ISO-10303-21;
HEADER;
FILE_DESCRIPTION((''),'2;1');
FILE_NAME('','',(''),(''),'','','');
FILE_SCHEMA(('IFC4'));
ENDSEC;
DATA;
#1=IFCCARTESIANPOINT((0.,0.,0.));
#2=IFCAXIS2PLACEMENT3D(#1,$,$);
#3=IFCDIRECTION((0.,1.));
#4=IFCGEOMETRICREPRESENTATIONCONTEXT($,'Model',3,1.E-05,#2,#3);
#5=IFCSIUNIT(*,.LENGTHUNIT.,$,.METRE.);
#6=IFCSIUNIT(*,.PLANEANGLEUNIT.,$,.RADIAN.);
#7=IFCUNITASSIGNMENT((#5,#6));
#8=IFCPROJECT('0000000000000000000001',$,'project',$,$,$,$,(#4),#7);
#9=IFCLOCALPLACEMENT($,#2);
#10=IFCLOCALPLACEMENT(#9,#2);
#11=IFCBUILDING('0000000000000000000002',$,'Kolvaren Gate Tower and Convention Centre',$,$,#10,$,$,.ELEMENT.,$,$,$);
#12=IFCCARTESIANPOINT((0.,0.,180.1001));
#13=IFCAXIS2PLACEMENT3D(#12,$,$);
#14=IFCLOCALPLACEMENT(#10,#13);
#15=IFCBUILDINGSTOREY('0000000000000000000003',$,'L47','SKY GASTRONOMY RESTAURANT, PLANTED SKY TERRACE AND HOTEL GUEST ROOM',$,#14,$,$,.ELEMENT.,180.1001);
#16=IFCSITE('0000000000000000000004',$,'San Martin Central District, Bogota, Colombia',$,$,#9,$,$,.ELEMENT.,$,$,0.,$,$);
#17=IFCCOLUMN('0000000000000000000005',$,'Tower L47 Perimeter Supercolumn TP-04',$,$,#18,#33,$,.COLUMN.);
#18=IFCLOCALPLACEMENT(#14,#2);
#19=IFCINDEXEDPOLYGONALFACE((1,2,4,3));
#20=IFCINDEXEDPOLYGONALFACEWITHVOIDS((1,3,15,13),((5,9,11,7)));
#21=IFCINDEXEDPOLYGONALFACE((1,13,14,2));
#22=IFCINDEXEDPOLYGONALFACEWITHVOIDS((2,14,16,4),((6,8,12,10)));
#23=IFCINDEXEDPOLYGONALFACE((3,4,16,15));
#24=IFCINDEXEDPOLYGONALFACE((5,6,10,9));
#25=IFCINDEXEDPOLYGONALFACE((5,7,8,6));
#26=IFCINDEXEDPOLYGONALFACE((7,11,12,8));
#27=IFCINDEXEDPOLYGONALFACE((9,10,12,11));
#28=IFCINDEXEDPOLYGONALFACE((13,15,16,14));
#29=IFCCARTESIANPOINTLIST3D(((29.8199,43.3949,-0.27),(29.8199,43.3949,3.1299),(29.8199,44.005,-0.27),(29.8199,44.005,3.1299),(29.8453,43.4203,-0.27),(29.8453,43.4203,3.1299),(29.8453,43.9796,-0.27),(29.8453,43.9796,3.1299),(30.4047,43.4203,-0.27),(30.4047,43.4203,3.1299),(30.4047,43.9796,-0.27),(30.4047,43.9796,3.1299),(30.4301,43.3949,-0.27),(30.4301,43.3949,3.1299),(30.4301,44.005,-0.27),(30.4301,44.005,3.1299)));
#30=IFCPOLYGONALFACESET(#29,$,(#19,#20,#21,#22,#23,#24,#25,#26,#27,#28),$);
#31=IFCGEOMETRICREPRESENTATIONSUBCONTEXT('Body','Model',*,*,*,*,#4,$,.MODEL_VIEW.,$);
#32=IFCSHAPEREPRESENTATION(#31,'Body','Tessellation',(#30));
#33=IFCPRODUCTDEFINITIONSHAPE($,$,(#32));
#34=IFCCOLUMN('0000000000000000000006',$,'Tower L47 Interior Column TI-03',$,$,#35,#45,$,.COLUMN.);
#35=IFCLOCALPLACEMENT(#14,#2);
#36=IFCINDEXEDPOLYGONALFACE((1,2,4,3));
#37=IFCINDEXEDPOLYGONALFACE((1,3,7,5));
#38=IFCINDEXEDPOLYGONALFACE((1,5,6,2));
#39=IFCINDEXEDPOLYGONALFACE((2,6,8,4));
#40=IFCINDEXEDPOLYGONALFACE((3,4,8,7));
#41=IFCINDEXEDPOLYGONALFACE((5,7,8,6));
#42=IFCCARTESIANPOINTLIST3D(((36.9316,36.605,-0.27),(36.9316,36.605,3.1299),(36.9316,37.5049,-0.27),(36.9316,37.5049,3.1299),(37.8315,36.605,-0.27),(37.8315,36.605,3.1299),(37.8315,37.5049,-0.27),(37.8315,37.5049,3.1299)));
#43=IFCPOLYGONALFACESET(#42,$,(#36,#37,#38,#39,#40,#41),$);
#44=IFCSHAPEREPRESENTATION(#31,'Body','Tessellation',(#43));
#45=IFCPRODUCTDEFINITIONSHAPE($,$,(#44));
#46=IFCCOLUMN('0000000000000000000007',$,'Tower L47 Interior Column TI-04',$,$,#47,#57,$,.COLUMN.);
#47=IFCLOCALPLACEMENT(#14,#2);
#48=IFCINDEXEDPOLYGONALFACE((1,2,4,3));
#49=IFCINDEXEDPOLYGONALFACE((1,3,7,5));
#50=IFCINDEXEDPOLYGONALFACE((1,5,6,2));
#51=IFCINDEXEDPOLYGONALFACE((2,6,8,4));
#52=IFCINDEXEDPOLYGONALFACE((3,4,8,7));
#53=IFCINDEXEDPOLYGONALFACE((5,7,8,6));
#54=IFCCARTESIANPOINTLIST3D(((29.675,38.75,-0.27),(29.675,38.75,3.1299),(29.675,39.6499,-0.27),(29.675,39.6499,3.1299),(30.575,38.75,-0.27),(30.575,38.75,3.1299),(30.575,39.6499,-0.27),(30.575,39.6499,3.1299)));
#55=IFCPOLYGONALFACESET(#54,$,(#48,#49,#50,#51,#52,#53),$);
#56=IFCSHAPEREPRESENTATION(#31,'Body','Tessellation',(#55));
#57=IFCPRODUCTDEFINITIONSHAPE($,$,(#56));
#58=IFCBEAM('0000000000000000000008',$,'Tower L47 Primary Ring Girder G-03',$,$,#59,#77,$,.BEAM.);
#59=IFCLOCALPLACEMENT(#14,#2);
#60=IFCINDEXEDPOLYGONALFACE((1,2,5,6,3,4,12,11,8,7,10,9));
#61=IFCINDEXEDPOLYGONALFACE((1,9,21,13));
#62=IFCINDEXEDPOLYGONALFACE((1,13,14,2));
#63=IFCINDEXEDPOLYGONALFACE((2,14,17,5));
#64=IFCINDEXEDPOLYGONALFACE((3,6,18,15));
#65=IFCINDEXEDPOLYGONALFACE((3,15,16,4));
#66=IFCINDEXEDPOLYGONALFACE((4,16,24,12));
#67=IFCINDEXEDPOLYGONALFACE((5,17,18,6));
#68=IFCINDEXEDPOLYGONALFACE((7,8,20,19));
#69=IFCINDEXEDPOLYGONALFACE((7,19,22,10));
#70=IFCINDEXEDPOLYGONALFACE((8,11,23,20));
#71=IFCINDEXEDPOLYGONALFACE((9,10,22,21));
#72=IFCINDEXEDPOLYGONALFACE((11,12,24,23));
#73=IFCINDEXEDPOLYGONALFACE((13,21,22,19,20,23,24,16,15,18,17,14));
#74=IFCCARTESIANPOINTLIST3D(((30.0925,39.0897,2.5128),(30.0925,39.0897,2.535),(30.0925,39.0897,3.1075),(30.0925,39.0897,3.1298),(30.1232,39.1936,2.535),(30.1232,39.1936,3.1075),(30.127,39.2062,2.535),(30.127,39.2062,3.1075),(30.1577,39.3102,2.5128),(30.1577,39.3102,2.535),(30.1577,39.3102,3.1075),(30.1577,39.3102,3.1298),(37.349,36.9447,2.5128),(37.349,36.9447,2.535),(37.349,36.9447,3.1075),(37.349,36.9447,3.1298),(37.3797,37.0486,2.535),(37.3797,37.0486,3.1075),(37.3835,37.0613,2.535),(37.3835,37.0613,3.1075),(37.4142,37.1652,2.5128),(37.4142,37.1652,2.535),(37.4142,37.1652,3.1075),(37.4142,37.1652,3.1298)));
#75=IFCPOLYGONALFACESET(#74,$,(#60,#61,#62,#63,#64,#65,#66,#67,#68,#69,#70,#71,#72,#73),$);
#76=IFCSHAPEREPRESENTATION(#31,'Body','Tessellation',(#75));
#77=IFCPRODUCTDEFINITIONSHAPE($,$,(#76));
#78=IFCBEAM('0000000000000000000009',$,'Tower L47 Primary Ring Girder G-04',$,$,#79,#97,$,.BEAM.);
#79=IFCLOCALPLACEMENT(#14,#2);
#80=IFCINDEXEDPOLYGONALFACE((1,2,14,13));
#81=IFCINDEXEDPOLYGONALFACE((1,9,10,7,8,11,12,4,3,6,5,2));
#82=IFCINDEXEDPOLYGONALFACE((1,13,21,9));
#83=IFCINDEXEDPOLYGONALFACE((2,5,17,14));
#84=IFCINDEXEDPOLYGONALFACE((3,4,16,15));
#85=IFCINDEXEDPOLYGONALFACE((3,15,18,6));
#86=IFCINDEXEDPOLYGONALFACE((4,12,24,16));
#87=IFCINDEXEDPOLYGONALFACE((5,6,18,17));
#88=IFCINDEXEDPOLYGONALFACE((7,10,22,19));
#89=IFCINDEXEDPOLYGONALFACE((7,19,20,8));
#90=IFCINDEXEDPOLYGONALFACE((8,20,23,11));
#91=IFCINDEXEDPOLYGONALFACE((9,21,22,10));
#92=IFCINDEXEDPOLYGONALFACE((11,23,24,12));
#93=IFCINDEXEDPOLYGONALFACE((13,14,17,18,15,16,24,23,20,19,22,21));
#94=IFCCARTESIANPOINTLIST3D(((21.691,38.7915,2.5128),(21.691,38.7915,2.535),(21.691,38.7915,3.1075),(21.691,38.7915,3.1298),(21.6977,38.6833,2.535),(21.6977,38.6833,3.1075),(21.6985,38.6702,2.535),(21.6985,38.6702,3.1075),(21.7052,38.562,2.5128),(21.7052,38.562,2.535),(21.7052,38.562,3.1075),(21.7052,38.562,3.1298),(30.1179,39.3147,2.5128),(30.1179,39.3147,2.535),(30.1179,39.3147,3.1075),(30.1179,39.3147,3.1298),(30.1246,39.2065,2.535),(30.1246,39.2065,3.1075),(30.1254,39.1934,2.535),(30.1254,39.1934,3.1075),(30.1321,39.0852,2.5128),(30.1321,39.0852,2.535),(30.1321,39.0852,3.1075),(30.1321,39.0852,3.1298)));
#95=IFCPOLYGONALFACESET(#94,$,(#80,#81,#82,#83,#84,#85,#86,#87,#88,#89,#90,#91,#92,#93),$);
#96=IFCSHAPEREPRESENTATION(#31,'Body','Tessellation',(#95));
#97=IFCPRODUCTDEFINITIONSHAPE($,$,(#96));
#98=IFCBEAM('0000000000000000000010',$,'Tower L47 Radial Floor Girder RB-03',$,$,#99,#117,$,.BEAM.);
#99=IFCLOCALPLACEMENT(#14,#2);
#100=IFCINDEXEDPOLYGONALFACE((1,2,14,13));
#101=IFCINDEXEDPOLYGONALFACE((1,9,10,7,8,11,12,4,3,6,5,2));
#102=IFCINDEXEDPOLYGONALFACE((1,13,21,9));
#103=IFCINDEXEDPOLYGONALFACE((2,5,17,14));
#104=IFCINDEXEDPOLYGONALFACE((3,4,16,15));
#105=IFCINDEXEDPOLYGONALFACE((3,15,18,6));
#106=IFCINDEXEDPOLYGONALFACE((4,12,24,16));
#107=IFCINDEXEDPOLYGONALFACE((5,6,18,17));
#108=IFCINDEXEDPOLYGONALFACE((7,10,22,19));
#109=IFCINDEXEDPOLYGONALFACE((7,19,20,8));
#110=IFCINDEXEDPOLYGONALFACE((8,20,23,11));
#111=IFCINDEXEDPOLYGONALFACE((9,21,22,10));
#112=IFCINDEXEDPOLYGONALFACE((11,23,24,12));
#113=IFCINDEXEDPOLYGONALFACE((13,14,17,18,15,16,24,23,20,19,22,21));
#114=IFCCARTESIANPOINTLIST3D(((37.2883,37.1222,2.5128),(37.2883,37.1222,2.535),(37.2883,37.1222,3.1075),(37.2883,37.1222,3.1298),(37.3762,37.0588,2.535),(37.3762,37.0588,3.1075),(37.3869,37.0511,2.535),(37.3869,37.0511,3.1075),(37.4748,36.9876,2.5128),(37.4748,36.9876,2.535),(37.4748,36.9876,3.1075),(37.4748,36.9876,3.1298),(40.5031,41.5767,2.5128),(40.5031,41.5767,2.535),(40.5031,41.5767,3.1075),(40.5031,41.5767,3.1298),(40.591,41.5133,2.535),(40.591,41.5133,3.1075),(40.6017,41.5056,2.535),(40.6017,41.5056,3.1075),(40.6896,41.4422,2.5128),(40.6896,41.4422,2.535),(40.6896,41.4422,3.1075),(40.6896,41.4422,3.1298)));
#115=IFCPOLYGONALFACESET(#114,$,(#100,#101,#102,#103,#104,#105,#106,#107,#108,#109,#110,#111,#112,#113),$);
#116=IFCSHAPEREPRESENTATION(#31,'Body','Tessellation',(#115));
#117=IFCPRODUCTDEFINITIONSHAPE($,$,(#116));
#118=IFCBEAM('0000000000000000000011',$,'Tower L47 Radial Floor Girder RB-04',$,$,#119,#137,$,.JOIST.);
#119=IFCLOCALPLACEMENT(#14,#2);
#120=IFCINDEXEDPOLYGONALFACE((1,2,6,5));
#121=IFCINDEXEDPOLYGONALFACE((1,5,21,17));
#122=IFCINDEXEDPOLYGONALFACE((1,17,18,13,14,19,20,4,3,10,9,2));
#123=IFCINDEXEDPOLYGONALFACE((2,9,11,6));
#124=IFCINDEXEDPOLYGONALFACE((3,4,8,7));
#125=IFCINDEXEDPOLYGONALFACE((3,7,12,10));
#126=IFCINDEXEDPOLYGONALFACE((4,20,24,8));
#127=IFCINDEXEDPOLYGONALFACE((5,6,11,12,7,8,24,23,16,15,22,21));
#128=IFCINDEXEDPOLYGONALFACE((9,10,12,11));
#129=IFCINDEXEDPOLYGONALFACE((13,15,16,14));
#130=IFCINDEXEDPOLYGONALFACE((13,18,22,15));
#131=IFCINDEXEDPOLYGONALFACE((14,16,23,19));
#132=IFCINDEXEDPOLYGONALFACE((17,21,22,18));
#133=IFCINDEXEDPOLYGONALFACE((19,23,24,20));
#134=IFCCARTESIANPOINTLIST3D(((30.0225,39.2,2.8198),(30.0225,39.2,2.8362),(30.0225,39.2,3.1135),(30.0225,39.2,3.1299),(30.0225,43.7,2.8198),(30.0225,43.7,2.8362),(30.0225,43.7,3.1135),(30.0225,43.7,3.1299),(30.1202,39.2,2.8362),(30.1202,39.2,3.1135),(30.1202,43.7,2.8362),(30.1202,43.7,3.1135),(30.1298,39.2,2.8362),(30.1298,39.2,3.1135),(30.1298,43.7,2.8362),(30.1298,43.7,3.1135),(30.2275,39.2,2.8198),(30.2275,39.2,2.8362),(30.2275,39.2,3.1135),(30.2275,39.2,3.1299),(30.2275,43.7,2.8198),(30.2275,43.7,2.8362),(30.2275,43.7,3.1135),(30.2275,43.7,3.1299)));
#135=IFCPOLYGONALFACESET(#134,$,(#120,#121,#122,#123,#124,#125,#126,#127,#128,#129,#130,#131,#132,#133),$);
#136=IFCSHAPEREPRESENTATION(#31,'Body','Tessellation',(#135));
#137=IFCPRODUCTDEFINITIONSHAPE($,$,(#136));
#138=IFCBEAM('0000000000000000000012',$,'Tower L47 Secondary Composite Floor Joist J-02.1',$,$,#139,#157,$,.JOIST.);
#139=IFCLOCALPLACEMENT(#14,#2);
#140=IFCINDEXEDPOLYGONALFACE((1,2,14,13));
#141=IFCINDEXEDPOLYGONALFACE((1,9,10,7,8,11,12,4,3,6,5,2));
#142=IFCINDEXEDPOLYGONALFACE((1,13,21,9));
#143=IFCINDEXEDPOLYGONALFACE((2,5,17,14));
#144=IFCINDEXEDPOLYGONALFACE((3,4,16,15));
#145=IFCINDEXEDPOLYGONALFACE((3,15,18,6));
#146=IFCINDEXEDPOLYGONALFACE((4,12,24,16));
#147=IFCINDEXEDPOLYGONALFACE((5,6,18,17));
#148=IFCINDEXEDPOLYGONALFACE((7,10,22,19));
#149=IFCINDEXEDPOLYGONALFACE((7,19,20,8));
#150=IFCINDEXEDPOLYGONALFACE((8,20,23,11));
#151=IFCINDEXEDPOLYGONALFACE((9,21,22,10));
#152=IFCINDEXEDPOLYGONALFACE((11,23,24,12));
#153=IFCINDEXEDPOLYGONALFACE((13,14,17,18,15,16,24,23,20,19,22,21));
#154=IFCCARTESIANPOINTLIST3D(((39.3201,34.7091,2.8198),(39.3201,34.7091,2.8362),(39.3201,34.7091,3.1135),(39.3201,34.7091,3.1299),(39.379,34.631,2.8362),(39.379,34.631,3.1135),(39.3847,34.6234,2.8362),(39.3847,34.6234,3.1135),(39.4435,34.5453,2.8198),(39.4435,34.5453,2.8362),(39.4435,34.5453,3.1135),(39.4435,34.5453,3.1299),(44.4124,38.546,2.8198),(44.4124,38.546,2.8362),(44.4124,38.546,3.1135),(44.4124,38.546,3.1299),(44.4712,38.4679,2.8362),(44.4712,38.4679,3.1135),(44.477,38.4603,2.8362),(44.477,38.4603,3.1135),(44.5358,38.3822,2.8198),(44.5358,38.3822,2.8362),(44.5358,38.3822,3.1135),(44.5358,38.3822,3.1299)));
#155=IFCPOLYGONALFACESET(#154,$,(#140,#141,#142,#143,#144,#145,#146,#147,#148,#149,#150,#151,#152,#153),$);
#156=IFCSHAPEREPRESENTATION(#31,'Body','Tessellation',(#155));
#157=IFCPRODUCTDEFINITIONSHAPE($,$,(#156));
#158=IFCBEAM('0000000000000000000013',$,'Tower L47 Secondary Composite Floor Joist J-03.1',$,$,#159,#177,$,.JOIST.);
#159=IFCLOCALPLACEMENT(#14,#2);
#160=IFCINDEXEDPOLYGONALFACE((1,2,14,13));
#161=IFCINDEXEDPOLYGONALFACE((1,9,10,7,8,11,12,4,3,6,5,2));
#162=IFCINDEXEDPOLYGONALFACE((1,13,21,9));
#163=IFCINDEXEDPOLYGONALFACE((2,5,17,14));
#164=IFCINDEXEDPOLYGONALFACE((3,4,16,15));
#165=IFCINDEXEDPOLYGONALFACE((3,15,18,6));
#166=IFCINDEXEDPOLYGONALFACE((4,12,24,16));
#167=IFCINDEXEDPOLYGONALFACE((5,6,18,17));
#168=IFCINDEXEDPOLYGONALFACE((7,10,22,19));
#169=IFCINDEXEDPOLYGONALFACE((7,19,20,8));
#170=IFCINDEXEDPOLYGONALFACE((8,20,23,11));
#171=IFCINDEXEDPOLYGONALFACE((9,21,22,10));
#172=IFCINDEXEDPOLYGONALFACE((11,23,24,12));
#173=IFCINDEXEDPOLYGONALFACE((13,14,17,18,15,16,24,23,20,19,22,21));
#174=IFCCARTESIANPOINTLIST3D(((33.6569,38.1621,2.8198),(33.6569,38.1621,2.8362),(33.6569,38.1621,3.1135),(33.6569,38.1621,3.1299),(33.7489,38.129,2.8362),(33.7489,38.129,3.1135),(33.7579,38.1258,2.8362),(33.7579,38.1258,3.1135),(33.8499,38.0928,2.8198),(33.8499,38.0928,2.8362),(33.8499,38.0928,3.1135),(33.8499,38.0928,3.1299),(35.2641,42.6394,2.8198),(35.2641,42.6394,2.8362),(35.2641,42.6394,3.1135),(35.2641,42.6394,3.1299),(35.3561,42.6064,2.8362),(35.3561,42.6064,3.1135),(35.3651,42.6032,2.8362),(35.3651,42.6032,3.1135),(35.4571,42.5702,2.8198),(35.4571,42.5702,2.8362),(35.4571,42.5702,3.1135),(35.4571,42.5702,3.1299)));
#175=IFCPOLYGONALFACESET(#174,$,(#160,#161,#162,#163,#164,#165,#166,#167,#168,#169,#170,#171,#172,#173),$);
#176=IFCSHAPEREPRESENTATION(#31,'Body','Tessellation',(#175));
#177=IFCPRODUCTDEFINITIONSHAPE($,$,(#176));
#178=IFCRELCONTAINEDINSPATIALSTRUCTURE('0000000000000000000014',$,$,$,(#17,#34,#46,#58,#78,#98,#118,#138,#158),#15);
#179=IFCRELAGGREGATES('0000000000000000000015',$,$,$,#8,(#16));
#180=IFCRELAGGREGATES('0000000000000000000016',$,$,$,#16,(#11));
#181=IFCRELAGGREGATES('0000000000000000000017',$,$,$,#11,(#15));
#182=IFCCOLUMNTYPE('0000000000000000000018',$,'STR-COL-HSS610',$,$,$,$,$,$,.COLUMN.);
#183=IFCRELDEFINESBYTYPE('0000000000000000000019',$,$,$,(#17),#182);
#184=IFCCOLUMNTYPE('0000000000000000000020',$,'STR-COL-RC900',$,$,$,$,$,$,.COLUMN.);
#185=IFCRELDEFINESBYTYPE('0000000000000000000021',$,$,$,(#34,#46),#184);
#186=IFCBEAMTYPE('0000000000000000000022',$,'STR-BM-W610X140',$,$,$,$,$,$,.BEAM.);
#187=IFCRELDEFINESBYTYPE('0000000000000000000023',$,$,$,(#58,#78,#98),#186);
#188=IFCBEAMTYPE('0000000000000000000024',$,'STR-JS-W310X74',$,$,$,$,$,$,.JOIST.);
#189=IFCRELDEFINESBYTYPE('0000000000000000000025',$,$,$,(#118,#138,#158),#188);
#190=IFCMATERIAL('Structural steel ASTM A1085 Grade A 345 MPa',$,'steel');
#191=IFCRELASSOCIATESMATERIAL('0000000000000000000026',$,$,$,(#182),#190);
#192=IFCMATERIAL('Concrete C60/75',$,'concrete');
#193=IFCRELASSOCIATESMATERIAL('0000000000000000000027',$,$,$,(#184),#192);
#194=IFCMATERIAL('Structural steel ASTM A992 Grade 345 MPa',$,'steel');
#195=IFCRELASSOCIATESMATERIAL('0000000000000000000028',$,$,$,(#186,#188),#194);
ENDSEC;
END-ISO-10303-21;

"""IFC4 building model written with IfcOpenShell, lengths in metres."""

from ifc_helpers import new_model, si_unit, direction, frame, origin, origin_2d, place, context, subcontext, project, spatial, rectangle, hollow_rectangle, i_section, extrude, material, material_profile, profile_set, type_object, element, save


model = new_model("IFC4")

# Units and contexts
model_context = context("Model", 3, precision=1e-05, world=origin(), true_north=direction((0.0, 1.0)))
body_context = subcontext(model_context, "Body", "Model", "MODEL_VIEW")
ifc_project = project(units=[si_unit("LENGTHUNIT", "METRE"), si_unit("PLANEANGLEUNIT", "RADIAN")], contexts=[model_context])

# Site, building, storey
site_placement = place(None, origin())
site = spatial("IfcSite", under=ifc_project, at=site_placement, Name="San Martin Central District, Bogota, Colombia", CompositionType="ELEMENT", RefElevation=0.0)
building_placement = place(site_placement, origin())
building = spatial("IfcBuilding", under=site, at=building_placement, Name="Kolvaren Gate Tower and Convention Centre", CompositionType="ELEMENT")
storey_placement = place(building_placement, frame((0.0, 0.0, 180.1001)))
storey = spatial("IfcBuildingStorey", under=building, at=storey_placement, Name="L47", Description="SKY GASTRONOMY RESTAURANT, PLANTED SKY TERRACE AND HOTEL GUEST ROOM", CompositionType="ELEMENT", Elevation=180.1001)

# Columns
ifc_material_1 = material(Name="Structural steel ASTM A1085 Grade A 345 MPa", Category="steel")
ifc_material_profile_1 = material_profile(ifc_material_1, hollow_rectangle(XDim=0.6101, YDim=0.6101, WallThickness=0.0254, at=origin_2d()), Name="HSS610X610X25.4")
ifc_profile_set_1 = profile_set([ifc_material_profile_1], Name="Structural steel ASTM A1085 Grade A 345 MPa")
column_type_1 = type_object("IfcColumnType", Name="STR-COL-HSS610", PredefinedType="COLUMN", material=ifc_profile_set_1)
column_placement = place(storey_placement, frame((30.125, 43.7, -0.27), z_axis=(0.0, 0.0, 1.0), x_axis=(1.0, 0.0, 0.0)))
element("IfcColumn", 1, at=column_placement, inside=storey, type_object=column_type_1, Name="Tower L47 Perimeter Supercolumn TP-04", PredefinedType="COLUMN", context=body_context, shape_type="SweptSolid", body=[
    extrude(hollow_rectangle(XDim=0.6101, YDim=0.6101, WallThickness=0.0254, at=origin_2d()), origin(), (0.0, 0.0, 1.0), 3.3999),
])
ifc_material_2 = material(Name="Concrete C60/75", Category="concrete")
ifc_material_profile_2 = material_profile(ifc_material_2, rectangle(XDim=0.8999, YDim=0.8999, at=origin_2d()), Name="RC-COL-900X900")
ifc_profile_set_2 = profile_set([ifc_material_profile_2], Name="Concrete C60/75")
column_type_2 = type_object("IfcColumnType", Name="STR-COL-RC900", PredefinedType="COLUMN", material=ifc_profile_set_2)
for number, where, z_axis, x_axis, name in (
    (2, (37.3816, 37.0549, -0.27), (0.0, 0.0, 1.0), (1.0, 0.0, 0.0), "Tower L47 Interior Column TI-03"),
    (3, (30.125, 39.2, -0.27), (0.0, 0.0, 1.0), (1.0, 0.0, 0.0), "Tower L47 Interior Column TI-04"),
):
    element("IfcColumn", number, at=place(storey_placement, frame(where, z_axis=z_axis, x_axis=x_axis)), inside=storey, type_object=column_type_2, Name=name, PredefinedType="COLUMN", context=body_context, shape_type="SweptSolid", body=[
        extrude(rectangle(XDim=0.8999, YDim=0.8999, at=origin_2d()), origin(), (0.0, 0.0, 1.0), 3.3999),
    ])

# Beams
ifc_material_3 = material(Name="Structural steel ASTM A992 Grade 345 MPa", Category="steel")
ifc_material_profile_3 = material_profile(ifc_material_3, i_section(OverallWidth=0.23, OverallDepth=0.6169, WebThickness=0.0132, FlangeThickness=0.0222, at=origin_2d()), Name="W610X140")
ifc_profile_set_3 = profile_set([ifc_material_profile_3], Name="Structural steel ASTM A992 Grade 345 MPa")
beam_type_1 = type_object("IfcBeamType", Name="STR-BM-W610X140", PredefinedType="BEAM", material=ifc_profile_set_3)
beam_1_placement = place(storey_placement, frame((37.3816, 37.0549, 2.8213), z_axis=(-0.958981, 0.283471, 0.0), x_axis=(-0.283471, -0.958981, 0.0)))
element("IfcBeam", 4, at=beam_1_placement, inside=storey, type_object=beam_type_1, Name="Tower L47 Primary Ring Girder G-03", PredefinedType="BEAM", context=body_context, shape_type="SweptSolid", body=[
    extrude(i_section(OverallWidth=0.23, OverallDepth=0.6169, WebThickness=0.0132, FlangeThickness=0.0222, at=origin_2d()), origin(), (0.0, 0.0, 1.0), 7.5669),
])
beam_2_placement = place(storey_placement, frame((30.125, 39.2, 2.8213), z_axis=(-0.998078, -0.061966, 0.0), x_axis=(0.061966, -0.998078, 0.0)))
element("IfcBeam", 5, at=beam_2_placement, inside=storey, type_object=beam_type_1, Name="Tower L47 Primary Ring Girder G-04", PredefinedType="BEAM", context=body_context, shape_type="SweptSolid", body=[
    extrude(i_section(OverallWidth=0.23, OverallDepth=0.6169, WebThickness=0.0132, FlangeThickness=0.0222, at=origin_2d()), origin(), (0.0, 0.0, 1.0), 8.4431),
])
beam_3_placement = place(storey_placement, frame((37.3816, 37.0549, 2.8213), z_axis=(0.585208, 0.810883, 0.0), x_axis=(-0.810883, 0.585208, 0.0)))
element("IfcBeam", 6, at=beam_3_placement, inside=storey, type_object=beam_type_1, Name="Tower L47 Radial Floor Girder RB-03", PredefinedType="BEAM", context=body_context, shape_type="SweptSolid", body=[
    extrude(i_section(OverallWidth=0.23, OverallDepth=0.6169, WebThickness=0.0132, FlangeThickness=0.0222, at=origin_2d()), origin(), (0.0, 0.0, 1.0), 5.4934),
])
ifc_material_profile_4 = material_profile(ifc_material_3, i_section(OverallWidth=0.2051, OverallDepth=0.3101, WebThickness=0.0095, FlangeThickness=0.0164, at=origin_2d()), Name="W310X74")
ifc_profile_set_4 = profile_set([ifc_material_profile_4], Name="Structural steel ASTM A992 Grade 345 MPa")
beam_type_2 = type_object("IfcBeamType", Name="STR-JS-W310X74", PredefinedType="JOIST", material=ifc_profile_set_4)
beam_4_placement = place(storey_placement, frame((30.125, 39.2, 2.9749), z_axis=(0.0, 1.0, 0.0), x_axis=(-1.0, 0.0, 0.0)))
element("IfcBeam", 7, at=beam_4_placement, inside=storey, type_object=beam_type_2, Name="Tower L47 Radial Floor Girder RB-04", PredefinedType="JOIST", context=body_context, shape_type="SweptSolid", body=[
    extrude(i_section(OverallWidth=0.2051, OverallDepth=0.3101, WebThickness=0.0095, FlangeThickness=0.0164, at=origin_2d()), origin(), (0.0, 0.0, 1.0), 4.5),
])
beam_5_placement = place(storey_placement, frame((39.3818, 34.6272, 2.9749), z_axis=(0.798666, 0.601775, 0.0), x_axis=(-0.601775, 0.798666, 0.0)))
element("IfcBeam", 8, at=beam_5_placement, inside=storey, type_object=beam_type_2, Name="Tower L47 Secondary Composite Floor Joist J-02.1", PredefinedType="JOIST", context=body_context, shape_type="SweptSolid", body=[
    extrude(i_section(OverallWidth=0.2051, OverallDepth=0.3101, WebThickness=0.0095, FlangeThickness=0.0164, at=origin_2d()), origin(), (0.0, 0.0, 1.0), 6.376),
])
beam_6_placement = place(storey_placement, frame((33.7534, 38.1274, 2.9749), z_axis=(0.337854, 0.941198, 0.0), x_axis=(-0.941198, 0.337854, 0.0)))
element("IfcBeam", 9, at=beam_6_placement, inside=storey, type_object=beam_type_2, Name="Tower L47 Secondary Composite Floor Joist J-03.1", PredefinedType="JOIST", context=body_context, shape_type="SweptSolid", body=[
    extrude(i_section(OverallWidth=0.2051, OverallDepth=0.3101, WebThickness=0.0095, FlangeThickness=0.0164, at=origin_2d()), origin(), (0.0, 0.0, 1.0), 4.7571),
])

save(model, "model.ifc")
